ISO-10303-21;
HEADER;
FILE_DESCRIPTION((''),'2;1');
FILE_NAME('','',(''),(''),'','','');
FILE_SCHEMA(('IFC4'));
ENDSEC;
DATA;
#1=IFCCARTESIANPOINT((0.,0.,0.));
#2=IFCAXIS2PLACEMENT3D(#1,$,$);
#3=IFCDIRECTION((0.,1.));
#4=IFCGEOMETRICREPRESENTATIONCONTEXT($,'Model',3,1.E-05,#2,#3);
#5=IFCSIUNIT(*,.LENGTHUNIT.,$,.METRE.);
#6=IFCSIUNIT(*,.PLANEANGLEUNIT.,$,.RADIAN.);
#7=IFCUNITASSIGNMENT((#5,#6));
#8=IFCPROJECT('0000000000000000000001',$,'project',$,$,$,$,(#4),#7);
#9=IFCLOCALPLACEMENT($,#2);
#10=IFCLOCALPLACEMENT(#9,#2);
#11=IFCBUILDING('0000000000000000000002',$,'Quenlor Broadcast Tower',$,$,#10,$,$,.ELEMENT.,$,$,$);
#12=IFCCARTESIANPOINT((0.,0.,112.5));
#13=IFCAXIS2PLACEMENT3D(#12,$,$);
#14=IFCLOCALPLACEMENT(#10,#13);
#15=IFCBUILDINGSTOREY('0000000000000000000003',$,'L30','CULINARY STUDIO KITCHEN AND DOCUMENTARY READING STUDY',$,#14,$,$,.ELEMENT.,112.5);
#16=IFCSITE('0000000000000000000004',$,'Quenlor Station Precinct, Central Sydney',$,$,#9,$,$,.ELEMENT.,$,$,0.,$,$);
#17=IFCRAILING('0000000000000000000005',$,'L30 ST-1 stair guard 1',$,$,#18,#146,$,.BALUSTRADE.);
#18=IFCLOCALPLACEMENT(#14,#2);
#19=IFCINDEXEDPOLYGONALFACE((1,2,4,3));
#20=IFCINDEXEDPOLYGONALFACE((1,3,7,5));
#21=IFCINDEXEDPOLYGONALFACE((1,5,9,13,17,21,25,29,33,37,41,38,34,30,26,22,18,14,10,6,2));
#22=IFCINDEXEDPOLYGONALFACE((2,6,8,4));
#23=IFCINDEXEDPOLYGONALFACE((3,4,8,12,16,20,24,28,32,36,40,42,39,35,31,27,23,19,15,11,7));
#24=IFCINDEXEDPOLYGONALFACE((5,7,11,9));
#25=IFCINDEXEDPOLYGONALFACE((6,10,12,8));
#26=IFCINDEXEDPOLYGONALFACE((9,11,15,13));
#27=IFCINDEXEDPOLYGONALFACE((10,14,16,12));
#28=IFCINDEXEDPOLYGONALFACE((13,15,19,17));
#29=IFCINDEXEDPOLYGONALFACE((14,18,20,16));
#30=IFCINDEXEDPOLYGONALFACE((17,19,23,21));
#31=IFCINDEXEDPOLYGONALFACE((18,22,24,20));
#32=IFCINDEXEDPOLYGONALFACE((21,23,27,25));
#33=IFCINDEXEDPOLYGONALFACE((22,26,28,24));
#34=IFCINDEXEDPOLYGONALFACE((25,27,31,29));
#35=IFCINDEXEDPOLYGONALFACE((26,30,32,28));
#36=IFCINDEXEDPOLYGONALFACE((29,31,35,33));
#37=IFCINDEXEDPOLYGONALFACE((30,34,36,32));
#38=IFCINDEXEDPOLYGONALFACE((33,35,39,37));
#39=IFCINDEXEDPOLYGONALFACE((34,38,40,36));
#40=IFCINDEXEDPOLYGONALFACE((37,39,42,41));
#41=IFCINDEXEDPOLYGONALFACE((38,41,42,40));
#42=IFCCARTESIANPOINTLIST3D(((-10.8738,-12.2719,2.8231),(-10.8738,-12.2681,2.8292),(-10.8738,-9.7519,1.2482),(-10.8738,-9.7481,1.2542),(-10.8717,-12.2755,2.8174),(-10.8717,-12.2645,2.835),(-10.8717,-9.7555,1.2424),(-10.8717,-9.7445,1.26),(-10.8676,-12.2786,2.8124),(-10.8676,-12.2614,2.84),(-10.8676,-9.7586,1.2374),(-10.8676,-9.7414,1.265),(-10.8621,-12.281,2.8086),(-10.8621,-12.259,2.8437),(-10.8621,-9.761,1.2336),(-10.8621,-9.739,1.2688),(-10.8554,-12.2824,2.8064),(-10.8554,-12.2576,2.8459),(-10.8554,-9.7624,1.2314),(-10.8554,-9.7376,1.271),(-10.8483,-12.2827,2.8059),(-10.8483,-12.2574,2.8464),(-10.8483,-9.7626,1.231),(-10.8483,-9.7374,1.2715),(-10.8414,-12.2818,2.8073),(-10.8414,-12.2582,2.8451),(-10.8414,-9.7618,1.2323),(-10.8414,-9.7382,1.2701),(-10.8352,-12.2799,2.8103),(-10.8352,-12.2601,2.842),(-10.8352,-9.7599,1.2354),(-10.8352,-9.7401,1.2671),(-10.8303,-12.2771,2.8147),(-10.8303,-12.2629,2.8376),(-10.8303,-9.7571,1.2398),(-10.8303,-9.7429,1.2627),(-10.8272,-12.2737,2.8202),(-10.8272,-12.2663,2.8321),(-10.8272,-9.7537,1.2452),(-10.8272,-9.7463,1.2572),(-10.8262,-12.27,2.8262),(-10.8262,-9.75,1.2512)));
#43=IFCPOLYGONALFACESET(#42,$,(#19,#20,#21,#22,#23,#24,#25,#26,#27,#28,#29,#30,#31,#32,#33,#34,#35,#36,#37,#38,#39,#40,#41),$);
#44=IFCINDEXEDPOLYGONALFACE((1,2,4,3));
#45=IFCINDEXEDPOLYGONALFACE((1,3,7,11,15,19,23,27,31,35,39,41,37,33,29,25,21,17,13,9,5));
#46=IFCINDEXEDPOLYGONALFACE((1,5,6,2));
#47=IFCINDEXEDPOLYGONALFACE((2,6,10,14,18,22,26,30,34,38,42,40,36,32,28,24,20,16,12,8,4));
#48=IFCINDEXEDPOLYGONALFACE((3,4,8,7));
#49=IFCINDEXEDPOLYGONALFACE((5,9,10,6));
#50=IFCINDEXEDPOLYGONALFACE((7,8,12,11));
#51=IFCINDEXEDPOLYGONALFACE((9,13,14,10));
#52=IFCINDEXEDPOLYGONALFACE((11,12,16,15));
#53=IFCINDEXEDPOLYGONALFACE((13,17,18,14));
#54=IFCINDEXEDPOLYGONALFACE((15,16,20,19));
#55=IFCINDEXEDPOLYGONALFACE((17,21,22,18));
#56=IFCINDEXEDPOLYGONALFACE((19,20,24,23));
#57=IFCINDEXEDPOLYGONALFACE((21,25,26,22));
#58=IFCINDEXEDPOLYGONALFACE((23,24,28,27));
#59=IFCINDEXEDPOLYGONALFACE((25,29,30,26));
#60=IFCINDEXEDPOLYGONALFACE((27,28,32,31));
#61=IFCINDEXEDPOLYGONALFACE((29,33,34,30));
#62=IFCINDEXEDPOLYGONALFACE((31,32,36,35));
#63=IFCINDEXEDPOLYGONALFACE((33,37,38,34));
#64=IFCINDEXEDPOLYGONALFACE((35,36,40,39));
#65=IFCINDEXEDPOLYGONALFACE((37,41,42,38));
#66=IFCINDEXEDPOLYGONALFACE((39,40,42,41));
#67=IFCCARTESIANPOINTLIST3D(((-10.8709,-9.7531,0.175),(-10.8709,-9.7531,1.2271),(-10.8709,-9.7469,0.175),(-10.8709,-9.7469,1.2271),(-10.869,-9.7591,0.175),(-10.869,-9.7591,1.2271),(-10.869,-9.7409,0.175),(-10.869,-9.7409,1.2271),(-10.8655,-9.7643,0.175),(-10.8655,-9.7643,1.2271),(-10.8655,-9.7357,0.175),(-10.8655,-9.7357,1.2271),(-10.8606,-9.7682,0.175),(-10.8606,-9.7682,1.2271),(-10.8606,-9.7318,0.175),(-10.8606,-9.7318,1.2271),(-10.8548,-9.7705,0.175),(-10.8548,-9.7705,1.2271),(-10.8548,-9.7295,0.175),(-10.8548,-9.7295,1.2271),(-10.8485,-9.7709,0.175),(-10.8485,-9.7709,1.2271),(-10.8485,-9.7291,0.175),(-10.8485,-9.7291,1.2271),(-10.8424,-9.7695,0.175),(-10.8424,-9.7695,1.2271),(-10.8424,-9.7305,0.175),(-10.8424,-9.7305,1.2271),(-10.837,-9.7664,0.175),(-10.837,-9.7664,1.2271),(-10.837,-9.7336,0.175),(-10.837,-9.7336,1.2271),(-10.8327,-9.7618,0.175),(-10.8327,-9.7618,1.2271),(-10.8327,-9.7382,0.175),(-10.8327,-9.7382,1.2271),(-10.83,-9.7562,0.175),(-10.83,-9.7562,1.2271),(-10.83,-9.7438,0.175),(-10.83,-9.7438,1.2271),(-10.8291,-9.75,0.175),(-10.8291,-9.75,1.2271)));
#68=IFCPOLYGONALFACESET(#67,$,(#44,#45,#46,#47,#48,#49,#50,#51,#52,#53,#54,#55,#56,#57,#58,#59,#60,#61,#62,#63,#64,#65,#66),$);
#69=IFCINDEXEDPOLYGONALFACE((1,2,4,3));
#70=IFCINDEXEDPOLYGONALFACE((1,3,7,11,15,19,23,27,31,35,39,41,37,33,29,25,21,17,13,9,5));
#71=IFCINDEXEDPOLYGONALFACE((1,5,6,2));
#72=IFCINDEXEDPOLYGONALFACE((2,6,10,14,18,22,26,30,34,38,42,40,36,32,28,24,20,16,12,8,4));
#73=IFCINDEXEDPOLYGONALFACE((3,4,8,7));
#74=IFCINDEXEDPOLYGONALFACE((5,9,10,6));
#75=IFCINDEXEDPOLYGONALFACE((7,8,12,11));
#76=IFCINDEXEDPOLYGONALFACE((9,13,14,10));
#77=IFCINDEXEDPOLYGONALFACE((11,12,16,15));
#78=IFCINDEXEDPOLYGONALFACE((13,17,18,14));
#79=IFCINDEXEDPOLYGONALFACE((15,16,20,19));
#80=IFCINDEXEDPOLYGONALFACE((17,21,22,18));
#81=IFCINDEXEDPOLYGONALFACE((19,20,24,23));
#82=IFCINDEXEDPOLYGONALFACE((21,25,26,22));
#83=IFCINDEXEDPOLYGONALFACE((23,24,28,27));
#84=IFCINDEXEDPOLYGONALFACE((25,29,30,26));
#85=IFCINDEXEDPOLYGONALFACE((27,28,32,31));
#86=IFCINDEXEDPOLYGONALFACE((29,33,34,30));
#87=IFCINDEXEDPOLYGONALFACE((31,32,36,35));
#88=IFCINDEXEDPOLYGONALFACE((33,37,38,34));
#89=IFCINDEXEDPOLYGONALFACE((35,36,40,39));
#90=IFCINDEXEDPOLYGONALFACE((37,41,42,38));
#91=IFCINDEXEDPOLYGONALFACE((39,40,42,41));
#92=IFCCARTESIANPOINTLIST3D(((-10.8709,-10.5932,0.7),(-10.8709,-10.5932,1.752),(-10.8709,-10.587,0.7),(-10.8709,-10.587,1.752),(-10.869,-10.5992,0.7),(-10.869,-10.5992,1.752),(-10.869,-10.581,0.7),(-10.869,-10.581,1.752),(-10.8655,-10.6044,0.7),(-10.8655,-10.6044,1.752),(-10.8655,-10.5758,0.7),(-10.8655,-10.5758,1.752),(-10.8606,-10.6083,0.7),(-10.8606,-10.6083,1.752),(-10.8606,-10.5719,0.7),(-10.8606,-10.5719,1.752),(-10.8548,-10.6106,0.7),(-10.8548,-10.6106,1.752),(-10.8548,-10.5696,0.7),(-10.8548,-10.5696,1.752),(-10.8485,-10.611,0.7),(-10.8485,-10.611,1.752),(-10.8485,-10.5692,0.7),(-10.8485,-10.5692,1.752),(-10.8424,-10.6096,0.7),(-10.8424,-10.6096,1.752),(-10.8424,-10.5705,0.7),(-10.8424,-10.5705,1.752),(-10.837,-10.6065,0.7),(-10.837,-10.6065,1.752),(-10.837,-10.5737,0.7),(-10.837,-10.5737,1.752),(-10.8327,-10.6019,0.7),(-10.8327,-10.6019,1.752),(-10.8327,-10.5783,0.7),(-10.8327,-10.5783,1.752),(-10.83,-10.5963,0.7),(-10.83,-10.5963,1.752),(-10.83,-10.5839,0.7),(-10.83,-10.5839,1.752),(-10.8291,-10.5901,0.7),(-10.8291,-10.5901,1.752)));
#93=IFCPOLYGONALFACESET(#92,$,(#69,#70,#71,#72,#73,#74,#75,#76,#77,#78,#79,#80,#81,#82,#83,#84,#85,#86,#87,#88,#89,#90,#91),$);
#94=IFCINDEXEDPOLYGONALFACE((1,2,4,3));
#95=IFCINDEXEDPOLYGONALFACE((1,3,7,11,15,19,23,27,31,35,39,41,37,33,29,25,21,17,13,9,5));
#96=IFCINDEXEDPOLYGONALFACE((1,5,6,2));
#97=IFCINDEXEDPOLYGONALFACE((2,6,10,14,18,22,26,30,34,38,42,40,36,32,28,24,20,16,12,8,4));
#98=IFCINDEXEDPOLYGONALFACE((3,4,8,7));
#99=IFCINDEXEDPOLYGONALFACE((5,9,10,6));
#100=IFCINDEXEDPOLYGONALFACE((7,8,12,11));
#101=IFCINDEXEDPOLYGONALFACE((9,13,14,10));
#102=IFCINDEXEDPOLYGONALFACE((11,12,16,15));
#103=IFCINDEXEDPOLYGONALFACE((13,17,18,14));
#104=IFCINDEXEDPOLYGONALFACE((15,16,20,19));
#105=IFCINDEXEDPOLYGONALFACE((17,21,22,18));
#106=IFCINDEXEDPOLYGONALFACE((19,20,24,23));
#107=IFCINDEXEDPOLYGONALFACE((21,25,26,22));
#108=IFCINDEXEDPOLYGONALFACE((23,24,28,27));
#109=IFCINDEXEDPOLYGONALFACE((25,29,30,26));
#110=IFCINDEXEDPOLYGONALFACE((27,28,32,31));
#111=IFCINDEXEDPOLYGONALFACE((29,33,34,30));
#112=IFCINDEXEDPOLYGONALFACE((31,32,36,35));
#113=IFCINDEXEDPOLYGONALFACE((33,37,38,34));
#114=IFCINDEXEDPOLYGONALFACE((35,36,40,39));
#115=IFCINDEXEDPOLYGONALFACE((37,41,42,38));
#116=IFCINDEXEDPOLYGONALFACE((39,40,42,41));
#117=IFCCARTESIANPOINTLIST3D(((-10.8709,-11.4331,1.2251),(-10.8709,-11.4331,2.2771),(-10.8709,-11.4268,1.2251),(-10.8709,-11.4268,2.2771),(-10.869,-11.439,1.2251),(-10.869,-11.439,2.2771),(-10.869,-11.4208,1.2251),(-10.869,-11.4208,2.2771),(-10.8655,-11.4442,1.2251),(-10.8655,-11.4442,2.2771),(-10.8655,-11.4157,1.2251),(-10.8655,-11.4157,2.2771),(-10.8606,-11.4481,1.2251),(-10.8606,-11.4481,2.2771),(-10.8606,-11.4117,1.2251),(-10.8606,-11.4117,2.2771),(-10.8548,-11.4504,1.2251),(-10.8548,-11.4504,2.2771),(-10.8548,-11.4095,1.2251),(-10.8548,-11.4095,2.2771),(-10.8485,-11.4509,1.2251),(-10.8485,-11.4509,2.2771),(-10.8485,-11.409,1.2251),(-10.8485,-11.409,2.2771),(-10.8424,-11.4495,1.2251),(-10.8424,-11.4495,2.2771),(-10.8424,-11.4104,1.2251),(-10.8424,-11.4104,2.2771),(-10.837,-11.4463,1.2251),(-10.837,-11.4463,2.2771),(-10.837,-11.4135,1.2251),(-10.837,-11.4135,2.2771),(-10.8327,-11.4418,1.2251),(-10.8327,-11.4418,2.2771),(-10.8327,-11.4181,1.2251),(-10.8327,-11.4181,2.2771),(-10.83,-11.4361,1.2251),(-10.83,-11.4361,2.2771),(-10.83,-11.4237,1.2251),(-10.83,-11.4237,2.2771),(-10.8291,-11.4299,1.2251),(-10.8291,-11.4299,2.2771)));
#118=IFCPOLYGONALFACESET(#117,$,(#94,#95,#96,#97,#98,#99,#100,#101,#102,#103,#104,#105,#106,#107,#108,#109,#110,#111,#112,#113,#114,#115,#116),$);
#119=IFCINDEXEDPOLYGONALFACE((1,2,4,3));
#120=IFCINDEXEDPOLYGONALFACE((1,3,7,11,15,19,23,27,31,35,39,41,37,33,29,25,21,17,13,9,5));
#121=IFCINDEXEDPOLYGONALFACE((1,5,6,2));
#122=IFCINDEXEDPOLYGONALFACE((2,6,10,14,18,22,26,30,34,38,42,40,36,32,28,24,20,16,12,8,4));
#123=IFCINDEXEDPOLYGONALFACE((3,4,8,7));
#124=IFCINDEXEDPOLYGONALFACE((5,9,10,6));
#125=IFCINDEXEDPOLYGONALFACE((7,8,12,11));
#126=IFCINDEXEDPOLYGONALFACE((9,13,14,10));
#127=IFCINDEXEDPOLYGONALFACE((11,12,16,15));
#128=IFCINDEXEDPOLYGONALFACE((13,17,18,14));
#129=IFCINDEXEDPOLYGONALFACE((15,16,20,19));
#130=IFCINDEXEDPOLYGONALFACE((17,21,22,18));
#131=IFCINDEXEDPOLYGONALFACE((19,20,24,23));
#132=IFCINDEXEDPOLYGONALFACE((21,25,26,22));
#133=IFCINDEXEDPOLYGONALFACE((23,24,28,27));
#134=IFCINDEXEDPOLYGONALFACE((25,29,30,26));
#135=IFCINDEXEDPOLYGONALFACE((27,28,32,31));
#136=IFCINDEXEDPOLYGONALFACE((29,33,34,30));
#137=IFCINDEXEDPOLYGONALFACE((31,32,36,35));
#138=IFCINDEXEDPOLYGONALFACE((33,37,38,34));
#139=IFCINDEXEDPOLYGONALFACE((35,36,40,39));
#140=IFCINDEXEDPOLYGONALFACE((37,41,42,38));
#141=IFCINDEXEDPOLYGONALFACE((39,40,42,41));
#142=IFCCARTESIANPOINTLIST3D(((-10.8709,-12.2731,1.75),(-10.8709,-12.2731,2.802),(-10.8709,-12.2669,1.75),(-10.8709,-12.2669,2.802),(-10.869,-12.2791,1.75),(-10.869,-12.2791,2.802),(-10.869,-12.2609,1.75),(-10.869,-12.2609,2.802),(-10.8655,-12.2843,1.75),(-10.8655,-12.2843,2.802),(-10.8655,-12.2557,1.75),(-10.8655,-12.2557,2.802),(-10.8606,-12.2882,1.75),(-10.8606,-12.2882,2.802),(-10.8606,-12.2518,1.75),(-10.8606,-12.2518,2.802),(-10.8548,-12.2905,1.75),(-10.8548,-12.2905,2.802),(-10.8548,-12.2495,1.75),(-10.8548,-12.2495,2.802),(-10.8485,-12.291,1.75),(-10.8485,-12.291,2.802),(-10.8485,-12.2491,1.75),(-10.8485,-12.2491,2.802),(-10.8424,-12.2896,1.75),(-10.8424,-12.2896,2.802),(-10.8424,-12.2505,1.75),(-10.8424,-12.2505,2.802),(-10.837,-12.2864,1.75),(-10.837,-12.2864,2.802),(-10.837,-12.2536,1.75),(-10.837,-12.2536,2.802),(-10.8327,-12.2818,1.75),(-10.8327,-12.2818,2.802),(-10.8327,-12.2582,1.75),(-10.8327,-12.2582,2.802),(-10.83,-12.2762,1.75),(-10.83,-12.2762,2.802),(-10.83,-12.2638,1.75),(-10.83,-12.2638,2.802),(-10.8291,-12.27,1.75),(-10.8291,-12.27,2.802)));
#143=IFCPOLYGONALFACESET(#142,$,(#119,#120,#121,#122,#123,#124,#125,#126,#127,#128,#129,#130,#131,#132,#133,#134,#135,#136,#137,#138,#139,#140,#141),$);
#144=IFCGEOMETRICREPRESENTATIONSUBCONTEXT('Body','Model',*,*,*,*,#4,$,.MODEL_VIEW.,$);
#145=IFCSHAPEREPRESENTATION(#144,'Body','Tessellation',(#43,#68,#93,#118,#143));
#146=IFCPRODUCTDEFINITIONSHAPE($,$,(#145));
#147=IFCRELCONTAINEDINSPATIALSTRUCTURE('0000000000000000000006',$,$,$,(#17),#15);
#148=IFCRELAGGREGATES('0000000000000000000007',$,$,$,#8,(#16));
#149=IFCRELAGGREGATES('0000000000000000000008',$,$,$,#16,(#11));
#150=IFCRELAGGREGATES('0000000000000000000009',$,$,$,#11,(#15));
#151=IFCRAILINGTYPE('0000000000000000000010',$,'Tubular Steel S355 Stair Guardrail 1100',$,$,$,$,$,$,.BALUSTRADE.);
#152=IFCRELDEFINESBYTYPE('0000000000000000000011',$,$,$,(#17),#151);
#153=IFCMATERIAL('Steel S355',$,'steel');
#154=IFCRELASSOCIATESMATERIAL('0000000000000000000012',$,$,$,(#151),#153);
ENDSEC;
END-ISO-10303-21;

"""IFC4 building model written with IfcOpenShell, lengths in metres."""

from ifc_helpers import new_model, si_unit, direction, frame, origin, origin_2d, place, context, subcontext, project, spatial, circle, extrude, material, type_object, element, save


model = new_model("IFC4")

# Units and contexts
model_context = context("Model", 3, precision=1e-05, world=origin(), true_north=direction((0.0, 1.0)))
body_context = subcontext(model_context, "Body", "Model", "MODEL_VIEW")
ifc_project = project(units=[si_unit("LENGTHUNIT", "METRE"), si_unit("PLANEANGLEUNIT", "RADIAN")], contexts=[model_context])

# Site, building, storey
site_placement = place(None, origin())
site = spatial("IfcSite", under=ifc_project, at=site_placement, Name="Quenlor Station Precinct, Central Sydney", CompositionType="ELEMENT", RefElevation=0.0)
building_placement = place(site_placement, origin())
building = spatial("IfcBuilding", under=site, at=building_placement, Name="Quenlor Broadcast Tower", CompositionType="ELEMENT")
storey_placement = place(building_placement, frame((0.0, 0.0, 112.5)))
storey = spatial("IfcBuildingStorey", under=building, at=storey_placement, Name="L30", Description="CULINARY STUDIO KITCHEN AND DOCUMENTARY READING STUDY", CompositionType="ELEMENT", Elevation=112.5)

# Railing
ifc_material_1 = material(Name="Steel S355", Category="steel")
railing_type_1 = type_object("IfcRailingType", Name="Tubular Steel S355 Stair Guardrail 1100", PredefinedType="BALUSTRADE", material=ifc_material_1)
railing_1_placement = place(storey_placement, frame((-10.8501, -9.75, 0.175)))
element("IfcRailing", 1, at=railing_1_placement, inside=storey, type_object=railing_type_1, Name="L30 ST-1 stair guard 1", PredefinedType="BALUSTRADE", context=body_context, shape_type="SweptSolid", body=[
    extrude(circle(Radius=0.0239, at=origin_2d()), frame((0.0, 0.0, 1.0762), z_axis=(0.0, -0.848008, 0.529984), x_axis=(1.0, 0.0, 0.0)), (0.0, 0.0, 1.0), 2.9717),
    extrude(circle(Radius=0.021, at=origin_2d()), origin(), (0.0, 0.0, 1.0), 1.052),
    extrude(circle(Radius=0.021, at=origin_2d()), frame((0.0, -0.8401, 0.5249)), (0.0, 0.0, 1.0), 1.052),
    extrude(circle(Radius=0.021, at=origin_2d()), frame((0.0, -1.6799, 1.05)), (0.0, 0.0, 1.0), 1.052),
    extrude(circle(Radius=0.021, at=origin_2d()), frame((0.0, -2.52, 1.575)), (0.0, 0.0, 1.0), 1.052),
])

save(model, "model.ifc")
